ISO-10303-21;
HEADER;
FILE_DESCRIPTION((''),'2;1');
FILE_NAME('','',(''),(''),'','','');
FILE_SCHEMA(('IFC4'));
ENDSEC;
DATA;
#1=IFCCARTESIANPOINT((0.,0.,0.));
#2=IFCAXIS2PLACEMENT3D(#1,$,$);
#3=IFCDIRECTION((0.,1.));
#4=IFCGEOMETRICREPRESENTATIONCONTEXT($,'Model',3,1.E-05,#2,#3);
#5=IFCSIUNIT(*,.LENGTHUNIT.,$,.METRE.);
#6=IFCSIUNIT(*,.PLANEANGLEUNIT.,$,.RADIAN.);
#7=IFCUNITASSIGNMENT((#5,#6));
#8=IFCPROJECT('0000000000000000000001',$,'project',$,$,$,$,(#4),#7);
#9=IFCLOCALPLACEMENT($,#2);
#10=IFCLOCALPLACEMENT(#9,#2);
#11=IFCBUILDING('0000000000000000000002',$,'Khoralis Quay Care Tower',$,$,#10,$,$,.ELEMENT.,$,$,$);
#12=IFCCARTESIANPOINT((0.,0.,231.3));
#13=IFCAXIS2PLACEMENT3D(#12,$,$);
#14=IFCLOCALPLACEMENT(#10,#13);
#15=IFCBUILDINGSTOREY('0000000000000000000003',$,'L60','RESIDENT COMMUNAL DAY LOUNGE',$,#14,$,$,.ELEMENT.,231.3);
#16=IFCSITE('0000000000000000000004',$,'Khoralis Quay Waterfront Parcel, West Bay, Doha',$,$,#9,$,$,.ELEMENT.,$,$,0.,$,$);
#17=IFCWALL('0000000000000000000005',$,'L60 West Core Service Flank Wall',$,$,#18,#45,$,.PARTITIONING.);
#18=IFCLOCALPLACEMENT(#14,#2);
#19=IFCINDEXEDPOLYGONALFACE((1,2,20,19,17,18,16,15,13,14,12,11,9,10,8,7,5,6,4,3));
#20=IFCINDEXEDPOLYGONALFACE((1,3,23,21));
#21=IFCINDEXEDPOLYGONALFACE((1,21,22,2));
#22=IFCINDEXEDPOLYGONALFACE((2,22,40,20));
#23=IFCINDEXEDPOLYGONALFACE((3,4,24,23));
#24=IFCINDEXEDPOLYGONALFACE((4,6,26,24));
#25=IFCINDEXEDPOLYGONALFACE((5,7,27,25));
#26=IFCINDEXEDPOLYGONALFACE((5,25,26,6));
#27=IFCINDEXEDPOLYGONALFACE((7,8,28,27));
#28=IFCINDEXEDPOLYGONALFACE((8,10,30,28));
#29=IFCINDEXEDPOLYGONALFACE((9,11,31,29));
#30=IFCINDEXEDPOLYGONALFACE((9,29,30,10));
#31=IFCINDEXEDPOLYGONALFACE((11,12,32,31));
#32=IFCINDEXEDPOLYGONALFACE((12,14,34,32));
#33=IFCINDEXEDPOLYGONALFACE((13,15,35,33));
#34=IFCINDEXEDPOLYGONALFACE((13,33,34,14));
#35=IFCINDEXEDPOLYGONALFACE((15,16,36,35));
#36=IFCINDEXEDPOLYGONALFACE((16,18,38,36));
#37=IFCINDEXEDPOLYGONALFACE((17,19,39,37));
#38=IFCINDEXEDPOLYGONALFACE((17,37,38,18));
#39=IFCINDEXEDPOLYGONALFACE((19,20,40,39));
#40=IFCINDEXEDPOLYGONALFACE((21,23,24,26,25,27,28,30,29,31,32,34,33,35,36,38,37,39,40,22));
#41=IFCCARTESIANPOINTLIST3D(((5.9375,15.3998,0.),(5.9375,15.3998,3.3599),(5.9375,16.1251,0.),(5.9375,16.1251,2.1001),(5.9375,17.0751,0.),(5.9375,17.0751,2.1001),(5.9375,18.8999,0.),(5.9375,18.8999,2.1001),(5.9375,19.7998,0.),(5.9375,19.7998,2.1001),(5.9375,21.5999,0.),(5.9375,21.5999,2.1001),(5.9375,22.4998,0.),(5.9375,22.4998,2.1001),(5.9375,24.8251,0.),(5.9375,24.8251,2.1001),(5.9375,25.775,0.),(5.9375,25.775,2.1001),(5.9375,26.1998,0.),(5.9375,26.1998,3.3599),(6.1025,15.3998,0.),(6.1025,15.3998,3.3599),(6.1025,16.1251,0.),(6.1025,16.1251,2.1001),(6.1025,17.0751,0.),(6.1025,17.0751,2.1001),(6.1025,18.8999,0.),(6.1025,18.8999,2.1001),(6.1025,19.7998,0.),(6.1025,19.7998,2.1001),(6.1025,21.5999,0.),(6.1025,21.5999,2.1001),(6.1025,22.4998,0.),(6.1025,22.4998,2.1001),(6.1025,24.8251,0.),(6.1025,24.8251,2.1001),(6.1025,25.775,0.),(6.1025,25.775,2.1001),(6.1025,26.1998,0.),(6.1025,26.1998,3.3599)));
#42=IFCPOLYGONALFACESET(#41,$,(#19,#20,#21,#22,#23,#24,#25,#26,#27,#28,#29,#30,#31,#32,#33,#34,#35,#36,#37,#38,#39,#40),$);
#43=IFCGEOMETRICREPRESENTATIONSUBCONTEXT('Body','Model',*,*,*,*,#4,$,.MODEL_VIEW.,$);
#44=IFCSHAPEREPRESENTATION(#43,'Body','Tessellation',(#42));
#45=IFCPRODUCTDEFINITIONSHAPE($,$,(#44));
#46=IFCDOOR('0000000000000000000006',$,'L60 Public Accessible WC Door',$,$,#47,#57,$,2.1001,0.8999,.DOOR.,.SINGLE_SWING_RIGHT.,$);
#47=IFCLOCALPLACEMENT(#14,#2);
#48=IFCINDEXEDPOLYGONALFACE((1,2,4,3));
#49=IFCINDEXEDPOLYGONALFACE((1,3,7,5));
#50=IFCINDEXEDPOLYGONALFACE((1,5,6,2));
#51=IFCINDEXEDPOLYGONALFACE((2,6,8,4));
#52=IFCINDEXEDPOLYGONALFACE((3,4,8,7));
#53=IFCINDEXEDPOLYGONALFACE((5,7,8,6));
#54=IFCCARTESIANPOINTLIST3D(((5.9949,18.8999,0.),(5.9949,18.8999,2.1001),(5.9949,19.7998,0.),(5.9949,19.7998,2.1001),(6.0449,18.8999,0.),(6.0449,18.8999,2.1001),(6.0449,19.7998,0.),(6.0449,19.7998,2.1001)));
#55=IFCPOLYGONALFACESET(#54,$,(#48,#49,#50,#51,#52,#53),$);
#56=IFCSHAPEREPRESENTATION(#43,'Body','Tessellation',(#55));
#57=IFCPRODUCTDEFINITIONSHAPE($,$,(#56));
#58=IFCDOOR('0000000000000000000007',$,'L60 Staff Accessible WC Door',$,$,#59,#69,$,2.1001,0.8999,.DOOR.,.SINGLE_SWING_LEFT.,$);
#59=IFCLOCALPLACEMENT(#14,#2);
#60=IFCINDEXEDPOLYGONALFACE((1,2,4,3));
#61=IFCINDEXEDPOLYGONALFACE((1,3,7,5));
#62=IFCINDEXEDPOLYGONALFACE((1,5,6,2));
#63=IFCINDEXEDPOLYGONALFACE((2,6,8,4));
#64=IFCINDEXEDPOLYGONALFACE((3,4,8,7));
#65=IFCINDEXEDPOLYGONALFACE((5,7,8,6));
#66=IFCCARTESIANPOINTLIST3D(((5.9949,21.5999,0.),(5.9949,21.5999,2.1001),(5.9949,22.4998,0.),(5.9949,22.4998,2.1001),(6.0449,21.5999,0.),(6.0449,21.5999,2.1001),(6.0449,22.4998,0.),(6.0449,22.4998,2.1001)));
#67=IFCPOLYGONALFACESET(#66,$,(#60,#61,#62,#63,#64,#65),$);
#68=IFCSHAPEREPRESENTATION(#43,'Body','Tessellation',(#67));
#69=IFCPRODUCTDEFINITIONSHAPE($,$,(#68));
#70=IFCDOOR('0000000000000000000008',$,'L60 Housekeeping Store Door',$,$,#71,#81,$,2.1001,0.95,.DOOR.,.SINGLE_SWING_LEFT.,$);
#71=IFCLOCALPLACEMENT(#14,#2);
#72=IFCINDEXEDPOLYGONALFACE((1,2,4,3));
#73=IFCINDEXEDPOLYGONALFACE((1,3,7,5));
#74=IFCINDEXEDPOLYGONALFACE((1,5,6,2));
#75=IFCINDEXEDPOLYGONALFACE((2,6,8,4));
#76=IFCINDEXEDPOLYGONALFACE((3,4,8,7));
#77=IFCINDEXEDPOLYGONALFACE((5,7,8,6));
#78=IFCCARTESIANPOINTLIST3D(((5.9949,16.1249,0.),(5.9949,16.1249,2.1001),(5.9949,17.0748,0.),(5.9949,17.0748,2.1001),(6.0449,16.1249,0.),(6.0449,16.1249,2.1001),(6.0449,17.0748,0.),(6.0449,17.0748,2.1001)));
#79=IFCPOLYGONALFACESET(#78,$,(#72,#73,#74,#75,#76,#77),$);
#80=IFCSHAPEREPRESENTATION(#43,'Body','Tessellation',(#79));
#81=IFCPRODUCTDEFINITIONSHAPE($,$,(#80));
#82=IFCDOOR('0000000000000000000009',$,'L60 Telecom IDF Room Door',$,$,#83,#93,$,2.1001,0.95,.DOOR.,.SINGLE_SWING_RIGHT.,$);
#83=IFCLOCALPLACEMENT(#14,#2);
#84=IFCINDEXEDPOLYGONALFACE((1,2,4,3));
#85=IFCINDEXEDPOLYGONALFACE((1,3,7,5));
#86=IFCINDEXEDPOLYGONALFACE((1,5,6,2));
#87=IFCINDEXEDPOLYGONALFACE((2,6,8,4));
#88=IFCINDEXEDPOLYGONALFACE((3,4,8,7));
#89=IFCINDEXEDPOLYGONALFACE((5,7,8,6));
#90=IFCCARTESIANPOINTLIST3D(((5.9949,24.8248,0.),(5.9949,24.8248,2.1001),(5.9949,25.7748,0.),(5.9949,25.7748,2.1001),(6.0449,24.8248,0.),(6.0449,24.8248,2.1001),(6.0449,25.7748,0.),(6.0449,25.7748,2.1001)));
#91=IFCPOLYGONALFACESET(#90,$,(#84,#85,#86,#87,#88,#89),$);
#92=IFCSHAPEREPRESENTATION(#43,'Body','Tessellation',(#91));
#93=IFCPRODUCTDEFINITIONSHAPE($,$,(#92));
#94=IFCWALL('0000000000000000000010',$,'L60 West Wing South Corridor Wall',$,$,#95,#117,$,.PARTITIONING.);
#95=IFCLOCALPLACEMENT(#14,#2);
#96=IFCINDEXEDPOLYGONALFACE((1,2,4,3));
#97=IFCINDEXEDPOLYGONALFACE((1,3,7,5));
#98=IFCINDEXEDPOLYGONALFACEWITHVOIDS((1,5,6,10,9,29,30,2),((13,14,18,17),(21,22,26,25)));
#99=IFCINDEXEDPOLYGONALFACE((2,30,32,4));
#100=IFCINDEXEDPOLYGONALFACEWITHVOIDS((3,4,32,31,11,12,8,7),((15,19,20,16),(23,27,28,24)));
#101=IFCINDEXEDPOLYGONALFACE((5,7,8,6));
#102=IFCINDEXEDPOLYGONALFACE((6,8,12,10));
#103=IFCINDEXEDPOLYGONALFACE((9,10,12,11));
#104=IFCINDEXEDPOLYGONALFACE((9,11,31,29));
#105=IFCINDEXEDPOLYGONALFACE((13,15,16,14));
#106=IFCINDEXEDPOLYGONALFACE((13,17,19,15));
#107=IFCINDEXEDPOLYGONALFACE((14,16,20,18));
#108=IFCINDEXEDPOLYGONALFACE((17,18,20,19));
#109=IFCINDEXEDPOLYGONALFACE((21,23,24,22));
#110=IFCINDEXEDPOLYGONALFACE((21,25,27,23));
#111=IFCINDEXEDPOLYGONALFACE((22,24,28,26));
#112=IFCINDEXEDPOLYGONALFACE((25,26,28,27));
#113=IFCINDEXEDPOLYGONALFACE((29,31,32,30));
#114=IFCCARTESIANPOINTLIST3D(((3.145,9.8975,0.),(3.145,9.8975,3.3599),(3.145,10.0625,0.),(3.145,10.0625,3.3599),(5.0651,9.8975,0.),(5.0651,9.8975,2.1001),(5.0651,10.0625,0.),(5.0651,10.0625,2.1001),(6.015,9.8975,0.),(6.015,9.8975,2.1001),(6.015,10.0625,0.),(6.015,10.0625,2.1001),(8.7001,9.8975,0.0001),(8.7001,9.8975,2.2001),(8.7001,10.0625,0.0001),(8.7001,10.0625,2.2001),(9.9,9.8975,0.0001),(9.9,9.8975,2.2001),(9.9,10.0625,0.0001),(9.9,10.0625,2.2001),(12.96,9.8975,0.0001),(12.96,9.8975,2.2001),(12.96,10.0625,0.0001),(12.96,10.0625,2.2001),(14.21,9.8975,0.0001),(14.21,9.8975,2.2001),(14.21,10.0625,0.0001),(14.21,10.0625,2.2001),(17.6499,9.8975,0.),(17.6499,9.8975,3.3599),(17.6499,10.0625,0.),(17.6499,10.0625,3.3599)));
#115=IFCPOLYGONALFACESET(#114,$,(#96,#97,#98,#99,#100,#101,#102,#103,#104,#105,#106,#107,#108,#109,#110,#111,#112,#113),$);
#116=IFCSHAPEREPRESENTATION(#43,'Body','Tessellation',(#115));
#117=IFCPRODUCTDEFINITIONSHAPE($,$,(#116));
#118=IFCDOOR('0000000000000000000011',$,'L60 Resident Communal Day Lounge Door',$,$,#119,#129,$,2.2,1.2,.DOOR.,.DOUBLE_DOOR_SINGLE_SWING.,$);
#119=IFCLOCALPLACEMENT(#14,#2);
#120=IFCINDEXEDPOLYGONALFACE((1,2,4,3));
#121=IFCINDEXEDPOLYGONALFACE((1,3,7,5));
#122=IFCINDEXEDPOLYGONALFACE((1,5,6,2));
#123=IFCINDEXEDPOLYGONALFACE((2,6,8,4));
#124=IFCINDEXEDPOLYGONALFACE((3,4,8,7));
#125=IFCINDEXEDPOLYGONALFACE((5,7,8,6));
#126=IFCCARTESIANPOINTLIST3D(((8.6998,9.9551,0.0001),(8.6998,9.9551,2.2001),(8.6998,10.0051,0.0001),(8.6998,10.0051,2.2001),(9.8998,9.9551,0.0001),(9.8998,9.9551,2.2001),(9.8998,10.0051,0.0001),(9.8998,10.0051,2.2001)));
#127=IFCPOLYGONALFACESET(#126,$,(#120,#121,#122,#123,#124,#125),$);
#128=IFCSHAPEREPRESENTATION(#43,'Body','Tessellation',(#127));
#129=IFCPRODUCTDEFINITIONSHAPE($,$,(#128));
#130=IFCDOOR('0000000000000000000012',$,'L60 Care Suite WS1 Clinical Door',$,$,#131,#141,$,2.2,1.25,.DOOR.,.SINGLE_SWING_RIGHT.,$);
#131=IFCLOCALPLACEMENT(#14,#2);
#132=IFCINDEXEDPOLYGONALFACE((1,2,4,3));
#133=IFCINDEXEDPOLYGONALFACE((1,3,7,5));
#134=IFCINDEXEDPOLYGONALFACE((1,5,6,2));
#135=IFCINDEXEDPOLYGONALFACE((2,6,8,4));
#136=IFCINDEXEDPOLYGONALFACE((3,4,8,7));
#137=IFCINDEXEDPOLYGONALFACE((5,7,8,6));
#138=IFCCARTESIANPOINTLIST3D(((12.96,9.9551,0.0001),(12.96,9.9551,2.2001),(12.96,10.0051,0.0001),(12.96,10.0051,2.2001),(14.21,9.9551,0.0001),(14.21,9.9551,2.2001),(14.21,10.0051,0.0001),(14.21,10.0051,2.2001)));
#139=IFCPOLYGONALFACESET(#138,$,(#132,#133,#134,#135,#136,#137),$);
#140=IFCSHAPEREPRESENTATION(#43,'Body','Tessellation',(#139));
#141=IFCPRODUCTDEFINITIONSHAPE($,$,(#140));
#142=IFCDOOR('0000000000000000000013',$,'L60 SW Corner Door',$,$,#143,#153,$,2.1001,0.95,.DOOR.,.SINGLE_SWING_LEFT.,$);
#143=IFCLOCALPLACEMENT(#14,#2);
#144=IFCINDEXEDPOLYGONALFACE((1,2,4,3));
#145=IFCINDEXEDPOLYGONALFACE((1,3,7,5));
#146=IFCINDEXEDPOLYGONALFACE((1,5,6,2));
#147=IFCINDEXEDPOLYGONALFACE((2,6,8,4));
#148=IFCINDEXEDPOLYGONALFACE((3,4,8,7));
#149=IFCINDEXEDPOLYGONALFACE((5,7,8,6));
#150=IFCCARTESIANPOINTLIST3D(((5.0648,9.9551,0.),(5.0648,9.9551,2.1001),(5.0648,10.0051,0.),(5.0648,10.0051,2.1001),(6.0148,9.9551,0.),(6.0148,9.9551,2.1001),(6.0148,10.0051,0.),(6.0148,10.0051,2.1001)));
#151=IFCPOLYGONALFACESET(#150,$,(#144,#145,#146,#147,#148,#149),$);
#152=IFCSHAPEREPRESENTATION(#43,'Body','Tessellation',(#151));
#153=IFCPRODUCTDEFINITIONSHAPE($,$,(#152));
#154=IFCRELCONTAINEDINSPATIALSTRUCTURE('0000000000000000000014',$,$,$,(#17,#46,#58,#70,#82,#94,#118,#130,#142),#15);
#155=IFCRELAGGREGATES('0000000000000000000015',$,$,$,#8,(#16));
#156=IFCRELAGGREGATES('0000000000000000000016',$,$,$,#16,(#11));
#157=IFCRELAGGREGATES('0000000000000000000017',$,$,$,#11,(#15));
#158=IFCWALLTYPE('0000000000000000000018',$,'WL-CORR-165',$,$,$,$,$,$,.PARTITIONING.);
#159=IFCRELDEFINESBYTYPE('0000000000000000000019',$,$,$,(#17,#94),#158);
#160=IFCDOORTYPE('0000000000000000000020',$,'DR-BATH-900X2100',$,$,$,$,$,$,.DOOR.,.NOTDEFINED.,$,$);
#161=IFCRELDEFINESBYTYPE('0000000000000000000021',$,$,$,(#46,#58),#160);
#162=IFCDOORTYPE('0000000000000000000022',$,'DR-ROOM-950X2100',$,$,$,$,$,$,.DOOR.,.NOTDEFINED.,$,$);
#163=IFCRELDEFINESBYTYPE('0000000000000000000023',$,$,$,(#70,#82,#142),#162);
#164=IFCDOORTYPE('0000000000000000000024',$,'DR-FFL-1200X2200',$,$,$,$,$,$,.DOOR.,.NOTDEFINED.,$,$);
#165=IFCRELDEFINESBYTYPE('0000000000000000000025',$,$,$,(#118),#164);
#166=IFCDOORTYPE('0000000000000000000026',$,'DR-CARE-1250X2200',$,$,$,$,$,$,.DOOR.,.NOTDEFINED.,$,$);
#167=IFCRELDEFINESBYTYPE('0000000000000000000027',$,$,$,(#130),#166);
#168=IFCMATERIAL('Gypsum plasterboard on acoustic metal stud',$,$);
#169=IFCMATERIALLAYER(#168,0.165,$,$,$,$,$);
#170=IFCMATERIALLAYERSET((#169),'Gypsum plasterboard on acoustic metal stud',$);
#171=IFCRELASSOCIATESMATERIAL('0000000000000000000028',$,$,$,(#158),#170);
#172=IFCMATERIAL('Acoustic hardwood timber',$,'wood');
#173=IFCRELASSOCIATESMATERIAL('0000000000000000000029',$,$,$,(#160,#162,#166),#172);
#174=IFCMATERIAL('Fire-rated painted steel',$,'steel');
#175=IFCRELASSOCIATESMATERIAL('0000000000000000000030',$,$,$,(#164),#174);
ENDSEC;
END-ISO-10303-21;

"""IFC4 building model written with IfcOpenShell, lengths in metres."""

from ifc_helpers import new_model, si_unit, direction, frame, frame_2d, origin, place, context, subcontext, project, spatial, rectangle, extrude, source, transform, mapped, material, layer, layer_set, type_object, element, fill, save


model = new_model("IFC4")

# Units and contexts
model_context = context("Model", 3, precision=1e-05, world=origin(), true_north=direction((0.0, 1.0)))
body_context = subcontext(model_context, "Body", "Model", "MODEL_VIEW")
ifc_project = project(units=[si_unit("LENGTHUNIT", "METRE"), si_unit("PLANEANGLEUNIT", "RADIAN")], contexts=[model_context])

# Site, building, storey
site_placement = place(None, origin())
site = spatial("IfcSite", under=ifc_project, at=site_placement, Name="Khoralis Quay Waterfront Parcel, West Bay, Doha", CompositionType="ELEMENT", RefElevation=0.0)
building_placement = place(site_placement, origin())
building = spatial("IfcBuilding", under=site, at=building_placement, Name="Khoralis Quay Care Tower", CompositionType="ELEMENT")
storey_placement = place(building_placement, frame((0.0, 0.0, 231.3)))
storey = spatial("IfcBuildingStorey", under=building, at=storey_placement, Name="L60", Description="RESIDENT COMMUNAL DAY LOUNGE", CompositionType="ELEMENT", Elevation=231.3)

# Walls, openings, doors
ifc_material_1 = material(Name="Gypsum plasterboard on acoustic metal stud")
ifc_layer_1 = layer(ifc_material_1, 0.165)
ifc_layer_set_1 = layer_set([ifc_layer_1], Name="Gypsum plasterboard on acoustic metal stud")
wall_type_1 = type_object("IfcWallType", Name="WL-CORR-165", PredefinedType="PARTITIONING", material=ifc_layer_set_1)
wall_1_placement = place(storey_placement, frame((6.02, 15.3999, 0.0), z_axis=(0.0, 0.0, 1.0), x_axis=(0.0, 1.0, 0.0)))
wall_1 = element("IfcWall", 1, at=wall_1_placement, inside=storey, type_object=wall_type_1, Name="L60 West Core Service Flank Wall", PredefinedType="PARTITIONING", context=body_context, shape_type="SweptSolid", body=[
    extrude(rectangle(XDim=10.8, YDim=0.165, at=frame_2d((5.3999, 0.0))), origin(), (0.0, 0.0, 1.0), 3.3599),
])
opening_1_placement = place(wall_1_placement, frame((0.7251, 0.0, 0.0)))
opening_1 = element("IfcOpeningElement", 2, at=opening_1_placement, cuts=wall_1, PredefinedType="OPENING", context=body_context, shape_type="SweptSolid", body=[
    extrude(rectangle(XDim=0.95, YDim=2.1001, at=frame_2d((0.4751, 1.05))), frame((0.0, 0.0925, 0.0), z_axis=(0.0, -1.0, 0.0), x_axis=(1.0, 0.0, 0.0)), (0.0, 0.0, 1.0), 0.1851),
])
opening_2_placement = place(wall_1_placement, frame((3.5, 0.0, 0.0)))
opening_2 = element("IfcOpeningElement", 3, at=opening_2_placement, cuts=wall_1, PredefinedType="OPENING", context=body_context, shape_type="SweptSolid", body=[
    extrude(rectangle(XDim=0.8999, YDim=2.1001, at=frame_2d((0.45, 1.05))), frame((0.0, 0.0925, 0.0), z_axis=(0.0, -1.0, 0.0), x_axis=(1.0, 0.0, 0.0)), (0.0, 0.0, 1.0), 0.1851),
])
opening_3_placement = place(wall_1_placement, frame((6.2, 0.0, 0.0)))
opening_3 = element("IfcOpeningElement", 4, at=opening_3_placement, cuts=wall_1, PredefinedType="OPENING", context=body_context, shape_type="SweptSolid", body=[
    extrude(rectangle(XDim=0.8999, YDim=2.1001, at=frame_2d((0.45, 1.05))), frame((0.0, 0.0925, 0.0), z_axis=(0.0, -1.0, 0.0), x_axis=(1.0, 0.0, 0.0)), (0.0, 0.0, 1.0), 0.1851),
])
opening_4_placement = place(wall_1_placement, frame((9.425, 0.0, 0.0)))
opening_4 = element("IfcOpeningElement", 5, at=opening_4_placement, cuts=wall_1, PredefinedType="OPENING", context=body_context, shape_type="SweptSolid", body=[
    extrude(rectangle(XDim=0.95, YDim=2.1001, at=frame_2d((0.4751, 1.05))), frame((0.0, 0.0925, 0.0), z_axis=(0.0, -1.0, 0.0), x_axis=(1.0, 0.0, 0.0)), (0.0, 0.0, 1.0), 0.1851),
])
ifc_material_2 = material(Name="Acoustic hardwood timber", Category="wood")
door_type_1 = type_object("IfcDoorType", Name="DR-BATH-900X2100", OperationType="NOTDEFINED", PredefinedType="DOOR", material=ifc_material_2)
shared_shape_1 = source(origin(), body_context, "Body", "SweptSolid", [
    extrude(rectangle(XDim=0.8999, YDim=2.1001, at=frame_2d((0.45, 1.05))), frame((0.0, 0.0249, 0.0), z_axis=(0.0, -1.0, 0.0), x_axis=(1.0, 0.0, 0.0)), (0.0, 0.0, 1.0), 0.05),
])
door_1_placement = place(opening_2_placement, frame((0.8999, 0.0, 0.0), z_axis=(0.0, 0.0, 1.0), x_axis=(-1.0, 0.0, 0.0)))
door_1 = element("IfcDoor", 6, at=door_1_placement, inside=storey, type_object=door_type_1, Name="L60 Public Accessible WC Door", OperationType="SINGLE_SWING_RIGHT", OverallHeight=2.1001, OverallWidth=0.8999, PredefinedType="DOOR", context=body_context, shape_type="MappedRepresentation", body=[
    mapped(shared_shape_1, transform((0.0, 0.0, 0.0), scale=1.0)),
])
fill(opening_2, door_1)
door_2_placement = place(opening_3_placement, frame((0.8999, 0.0, 0.0), z_axis=(0.0, 0.0, 1.0), x_axis=(-1.0, 0.0, 0.0)))
door_2 = element("IfcDoor", 7, at=door_2_placement, inside=storey, type_object=door_type_1, Name="L60 Staff Accessible WC Door", OperationType="SINGLE_SWING_LEFT", OverallHeight=2.1001, OverallWidth=0.8999, PredefinedType="DOOR", context=body_context, shape_type="MappedRepresentation", body=[
    mapped(shared_shape_1, transform((0.0, 0.0, 0.0), scale=1.0)),
])
fill(opening_3, door_2)
door_type_2 = type_object("IfcDoorType", Name="DR-ROOM-950X2100", OperationType="NOTDEFINED", PredefinedType="DOOR", material=ifc_material_2)
shared_shape_2 = source(origin(), body_context, "Body", "SweptSolid", [
    extrude(rectangle(XDim=0.95, YDim=2.1001, at=frame_2d((0.4751, 1.05))), frame((0.0, 0.0249, 0.0), z_axis=(0.0, -1.0, 0.0), x_axis=(1.0, 0.0, 0.0)), (0.0, 0.0, 1.0), 0.05),
])
door_3_placement = place(opening_1_placement, frame((0.95, 0.0, 0.0), z_axis=(0.0, 0.0, 1.0), x_axis=(-1.0, 0.0, 0.0)))
door_3 = element("IfcDoor", 8, at=door_3_placement, inside=storey, type_object=door_type_2, Name="L60 Housekeeping Store Door", OperationType="SINGLE_SWING_LEFT", OverallHeight=2.1001, OverallWidth=0.95, PredefinedType="DOOR", context=body_context, shape_type="MappedRepresentation", body=[
    mapped(shared_shape_2, transform((0.0, 0.0, 0.0), scale=1.0)),
])
fill(opening_1, door_3)
door_4_placement = place(opening_4_placement, frame((0.95, 0.0, 0.0), z_axis=(0.0, 0.0, 1.0), x_axis=(-1.0, 0.0, 0.0)))
door_4 = element("IfcDoor", 9, at=door_4_placement, inside=storey, type_object=door_type_2, Name="L60 Telecom IDF Room Door", OperationType="SINGLE_SWING_RIGHT", OverallHeight=2.1001, OverallWidth=0.95, PredefinedType="DOOR", context=body_context, shape_type="MappedRepresentation", body=[
    mapped(shared_shape_2, transform((0.0, 0.0, 0.0), scale=1.0)),
])
fill(opening_4, door_4)
wall_2_placement = place(storey_placement, frame((3.145, 9.98, 0.0), z_axis=(0.0, 0.0, 1.0), x_axis=(1.0, 0.0, 0.0)))
wall_2 = element("IfcWall", 10, at=wall_2_placement, inside=storey, type_object=wall_type_1, Name="L60 West Wing South Corridor Wall", PredefinedType="PARTITIONING", context=body_context, shape_type="SweptSolid", body=[
    extrude(rectangle(XDim=14.5049, YDim=0.165, at=frame_2d((7.2524, 0.0))), origin(), (0.0, 0.0, 1.0), 3.3599),
])
opening_5_placement = place(wall_2_placement, frame((5.5549, 0.0, 0.0)))
opening_5 = element("IfcOpeningElement", 11, at=opening_5_placement, cuts=wall_2, PredefinedType="OPENING", context=body_context, shape_type="SweptSolid", body=[
    extrude(rectangle(XDim=1.2, YDim=2.2, at=frame_2d((0.6001, 1.1001))), frame((0.0, 0.0925, 0.0), z_axis=(0.0, -1.0, 0.0), x_axis=(1.0, 0.0, 0.0)), (0.0, 0.0, 1.0), 0.1851),
])
opening_6_placement = place(wall_2_placement, frame((9.8149, 0.0, 0.0)))
opening_6 = element("IfcOpeningElement", 12, at=opening_6_placement, cuts=wall_2, PredefinedType="OPENING", context=body_context, shape_type="SweptSolid", body=[
    extrude(rectangle(XDim=1.25, YDim=2.2, at=frame_2d((0.625, 1.1001))), frame((0.0, 0.0925, 0.0), z_axis=(0.0, -1.0, 0.0), x_axis=(1.0, 0.0, 0.0)), (0.0, 0.0, 1.0), 0.1851),
])
opening_7_placement = place(wall_2_placement, frame((1.9199, 0.0, 0.0)))
opening_7 = element("IfcOpeningElement", 13, at=opening_7_placement, cuts=wall_2, PredefinedType="OPENING", context=body_context, shape_type="SweptSolid", body=[
    extrude(rectangle(XDim=0.95, YDim=2.1001, at=frame_2d((0.4751, 1.05))), frame((0.0, 0.0925, 0.0), z_axis=(0.0, -1.0, 0.0), x_axis=(1.0, 0.0, 0.0)), (0.0, 0.0, 1.0), 0.1851),
])
ifc_material_3 = material(Name="Fire-rated painted steel", Category="steel")
door_type_3 = type_object("IfcDoorType", Name="DR-FFL-1200X2200", OperationType="NOTDEFINED", PredefinedType="DOOR", material=ifc_material_3)
shared_shape_3 = source(origin(), body_context, "Body", "SweptSolid", [
    extrude(rectangle(XDim=1.2, YDim=2.2, at=frame_2d((0.6001, 1.1001))), frame((0.0, 0.0249, 0.0), z_axis=(0.0, -1.0, 0.0), x_axis=(1.0, 0.0, 0.0)), (0.0, 0.0, 1.0), 0.05),
])
door_5_placement = place(opening_5_placement, frame((1.2, 0.0, 0.0), z_axis=(0.0, 0.0, 1.0), x_axis=(-1.0, 0.0, 0.0)))
door_5 = element("IfcDoor", 14, at=door_5_placement, inside=storey, type_object=door_type_3, Name="L60 Resident Communal Day Lounge Door", OperationType="DOUBLE_DOOR_SINGLE_SWING", OverallHeight=2.2, OverallWidth=1.2, PredefinedType="DOOR", context=body_context, shape_type="MappedRepresentation", body=[
    mapped(shared_shape_3, transform((0.0, 0.0, 0.0), scale=1.0)),
])
fill(opening_5, door_5)
door_type_4 = type_object("IfcDoorType", Name="DR-CARE-1250X2200", OperationType="NOTDEFINED", PredefinedType="DOOR", material=ifc_material_2)
shared_shape_4 = source(origin(), body_context, "Body", "SweptSolid", [
    extrude(rectangle(XDim=1.25, YDim=2.2, at=frame_2d((0.625, 1.1001))), frame((0.0, 0.0249, 0.0), z_axis=(0.0, -1.0, 0.0), x_axis=(1.0, 0.0, 0.0)), (0.0, 0.0, 1.0), 0.05),
])
door_6_placement = place(opening_6_placement, frame((1.25, 0.0, 0.0), z_axis=(0.0, 0.0, 1.0), x_axis=(-1.0, 0.0, 0.0)))
door_6 = element("IfcDoor", 15, at=door_6_placement, inside=storey, type_object=door_type_4, Name="L60 Care Suite WS1 Clinical Door", OperationType="SINGLE_SWING_RIGHT", OverallHeight=2.2, OverallWidth=1.25, PredefinedType="DOOR", context=body_context, shape_type="MappedRepresentation", body=[
    mapped(shared_shape_4, transform((0.0, 0.0, 0.0), scale=1.0)),
])
fill(opening_6, door_6)
door_7_placement = place(opening_7_placement, frame((0.95, 0.0, 0.0), z_axis=(0.0, 0.0, 1.0), x_axis=(-1.0, 0.0, 0.0)))
door_7 = element("IfcDoor", 16, at=door_7_placement, inside=storey, type_object=door_type_2, Name="L60 SW Corner Door", OperationType="SINGLE_SWING_LEFT", OverallHeight=2.1001, OverallWidth=0.95, PredefinedType="DOOR", context=body_context, shape_type="MappedRepresentation", body=[
    mapped(shared_shape_2, transform((0.0, 0.0, 0.0), scale=1.0)),
])
fill(opening_7, door_7)

save(model, "model.ifc")
